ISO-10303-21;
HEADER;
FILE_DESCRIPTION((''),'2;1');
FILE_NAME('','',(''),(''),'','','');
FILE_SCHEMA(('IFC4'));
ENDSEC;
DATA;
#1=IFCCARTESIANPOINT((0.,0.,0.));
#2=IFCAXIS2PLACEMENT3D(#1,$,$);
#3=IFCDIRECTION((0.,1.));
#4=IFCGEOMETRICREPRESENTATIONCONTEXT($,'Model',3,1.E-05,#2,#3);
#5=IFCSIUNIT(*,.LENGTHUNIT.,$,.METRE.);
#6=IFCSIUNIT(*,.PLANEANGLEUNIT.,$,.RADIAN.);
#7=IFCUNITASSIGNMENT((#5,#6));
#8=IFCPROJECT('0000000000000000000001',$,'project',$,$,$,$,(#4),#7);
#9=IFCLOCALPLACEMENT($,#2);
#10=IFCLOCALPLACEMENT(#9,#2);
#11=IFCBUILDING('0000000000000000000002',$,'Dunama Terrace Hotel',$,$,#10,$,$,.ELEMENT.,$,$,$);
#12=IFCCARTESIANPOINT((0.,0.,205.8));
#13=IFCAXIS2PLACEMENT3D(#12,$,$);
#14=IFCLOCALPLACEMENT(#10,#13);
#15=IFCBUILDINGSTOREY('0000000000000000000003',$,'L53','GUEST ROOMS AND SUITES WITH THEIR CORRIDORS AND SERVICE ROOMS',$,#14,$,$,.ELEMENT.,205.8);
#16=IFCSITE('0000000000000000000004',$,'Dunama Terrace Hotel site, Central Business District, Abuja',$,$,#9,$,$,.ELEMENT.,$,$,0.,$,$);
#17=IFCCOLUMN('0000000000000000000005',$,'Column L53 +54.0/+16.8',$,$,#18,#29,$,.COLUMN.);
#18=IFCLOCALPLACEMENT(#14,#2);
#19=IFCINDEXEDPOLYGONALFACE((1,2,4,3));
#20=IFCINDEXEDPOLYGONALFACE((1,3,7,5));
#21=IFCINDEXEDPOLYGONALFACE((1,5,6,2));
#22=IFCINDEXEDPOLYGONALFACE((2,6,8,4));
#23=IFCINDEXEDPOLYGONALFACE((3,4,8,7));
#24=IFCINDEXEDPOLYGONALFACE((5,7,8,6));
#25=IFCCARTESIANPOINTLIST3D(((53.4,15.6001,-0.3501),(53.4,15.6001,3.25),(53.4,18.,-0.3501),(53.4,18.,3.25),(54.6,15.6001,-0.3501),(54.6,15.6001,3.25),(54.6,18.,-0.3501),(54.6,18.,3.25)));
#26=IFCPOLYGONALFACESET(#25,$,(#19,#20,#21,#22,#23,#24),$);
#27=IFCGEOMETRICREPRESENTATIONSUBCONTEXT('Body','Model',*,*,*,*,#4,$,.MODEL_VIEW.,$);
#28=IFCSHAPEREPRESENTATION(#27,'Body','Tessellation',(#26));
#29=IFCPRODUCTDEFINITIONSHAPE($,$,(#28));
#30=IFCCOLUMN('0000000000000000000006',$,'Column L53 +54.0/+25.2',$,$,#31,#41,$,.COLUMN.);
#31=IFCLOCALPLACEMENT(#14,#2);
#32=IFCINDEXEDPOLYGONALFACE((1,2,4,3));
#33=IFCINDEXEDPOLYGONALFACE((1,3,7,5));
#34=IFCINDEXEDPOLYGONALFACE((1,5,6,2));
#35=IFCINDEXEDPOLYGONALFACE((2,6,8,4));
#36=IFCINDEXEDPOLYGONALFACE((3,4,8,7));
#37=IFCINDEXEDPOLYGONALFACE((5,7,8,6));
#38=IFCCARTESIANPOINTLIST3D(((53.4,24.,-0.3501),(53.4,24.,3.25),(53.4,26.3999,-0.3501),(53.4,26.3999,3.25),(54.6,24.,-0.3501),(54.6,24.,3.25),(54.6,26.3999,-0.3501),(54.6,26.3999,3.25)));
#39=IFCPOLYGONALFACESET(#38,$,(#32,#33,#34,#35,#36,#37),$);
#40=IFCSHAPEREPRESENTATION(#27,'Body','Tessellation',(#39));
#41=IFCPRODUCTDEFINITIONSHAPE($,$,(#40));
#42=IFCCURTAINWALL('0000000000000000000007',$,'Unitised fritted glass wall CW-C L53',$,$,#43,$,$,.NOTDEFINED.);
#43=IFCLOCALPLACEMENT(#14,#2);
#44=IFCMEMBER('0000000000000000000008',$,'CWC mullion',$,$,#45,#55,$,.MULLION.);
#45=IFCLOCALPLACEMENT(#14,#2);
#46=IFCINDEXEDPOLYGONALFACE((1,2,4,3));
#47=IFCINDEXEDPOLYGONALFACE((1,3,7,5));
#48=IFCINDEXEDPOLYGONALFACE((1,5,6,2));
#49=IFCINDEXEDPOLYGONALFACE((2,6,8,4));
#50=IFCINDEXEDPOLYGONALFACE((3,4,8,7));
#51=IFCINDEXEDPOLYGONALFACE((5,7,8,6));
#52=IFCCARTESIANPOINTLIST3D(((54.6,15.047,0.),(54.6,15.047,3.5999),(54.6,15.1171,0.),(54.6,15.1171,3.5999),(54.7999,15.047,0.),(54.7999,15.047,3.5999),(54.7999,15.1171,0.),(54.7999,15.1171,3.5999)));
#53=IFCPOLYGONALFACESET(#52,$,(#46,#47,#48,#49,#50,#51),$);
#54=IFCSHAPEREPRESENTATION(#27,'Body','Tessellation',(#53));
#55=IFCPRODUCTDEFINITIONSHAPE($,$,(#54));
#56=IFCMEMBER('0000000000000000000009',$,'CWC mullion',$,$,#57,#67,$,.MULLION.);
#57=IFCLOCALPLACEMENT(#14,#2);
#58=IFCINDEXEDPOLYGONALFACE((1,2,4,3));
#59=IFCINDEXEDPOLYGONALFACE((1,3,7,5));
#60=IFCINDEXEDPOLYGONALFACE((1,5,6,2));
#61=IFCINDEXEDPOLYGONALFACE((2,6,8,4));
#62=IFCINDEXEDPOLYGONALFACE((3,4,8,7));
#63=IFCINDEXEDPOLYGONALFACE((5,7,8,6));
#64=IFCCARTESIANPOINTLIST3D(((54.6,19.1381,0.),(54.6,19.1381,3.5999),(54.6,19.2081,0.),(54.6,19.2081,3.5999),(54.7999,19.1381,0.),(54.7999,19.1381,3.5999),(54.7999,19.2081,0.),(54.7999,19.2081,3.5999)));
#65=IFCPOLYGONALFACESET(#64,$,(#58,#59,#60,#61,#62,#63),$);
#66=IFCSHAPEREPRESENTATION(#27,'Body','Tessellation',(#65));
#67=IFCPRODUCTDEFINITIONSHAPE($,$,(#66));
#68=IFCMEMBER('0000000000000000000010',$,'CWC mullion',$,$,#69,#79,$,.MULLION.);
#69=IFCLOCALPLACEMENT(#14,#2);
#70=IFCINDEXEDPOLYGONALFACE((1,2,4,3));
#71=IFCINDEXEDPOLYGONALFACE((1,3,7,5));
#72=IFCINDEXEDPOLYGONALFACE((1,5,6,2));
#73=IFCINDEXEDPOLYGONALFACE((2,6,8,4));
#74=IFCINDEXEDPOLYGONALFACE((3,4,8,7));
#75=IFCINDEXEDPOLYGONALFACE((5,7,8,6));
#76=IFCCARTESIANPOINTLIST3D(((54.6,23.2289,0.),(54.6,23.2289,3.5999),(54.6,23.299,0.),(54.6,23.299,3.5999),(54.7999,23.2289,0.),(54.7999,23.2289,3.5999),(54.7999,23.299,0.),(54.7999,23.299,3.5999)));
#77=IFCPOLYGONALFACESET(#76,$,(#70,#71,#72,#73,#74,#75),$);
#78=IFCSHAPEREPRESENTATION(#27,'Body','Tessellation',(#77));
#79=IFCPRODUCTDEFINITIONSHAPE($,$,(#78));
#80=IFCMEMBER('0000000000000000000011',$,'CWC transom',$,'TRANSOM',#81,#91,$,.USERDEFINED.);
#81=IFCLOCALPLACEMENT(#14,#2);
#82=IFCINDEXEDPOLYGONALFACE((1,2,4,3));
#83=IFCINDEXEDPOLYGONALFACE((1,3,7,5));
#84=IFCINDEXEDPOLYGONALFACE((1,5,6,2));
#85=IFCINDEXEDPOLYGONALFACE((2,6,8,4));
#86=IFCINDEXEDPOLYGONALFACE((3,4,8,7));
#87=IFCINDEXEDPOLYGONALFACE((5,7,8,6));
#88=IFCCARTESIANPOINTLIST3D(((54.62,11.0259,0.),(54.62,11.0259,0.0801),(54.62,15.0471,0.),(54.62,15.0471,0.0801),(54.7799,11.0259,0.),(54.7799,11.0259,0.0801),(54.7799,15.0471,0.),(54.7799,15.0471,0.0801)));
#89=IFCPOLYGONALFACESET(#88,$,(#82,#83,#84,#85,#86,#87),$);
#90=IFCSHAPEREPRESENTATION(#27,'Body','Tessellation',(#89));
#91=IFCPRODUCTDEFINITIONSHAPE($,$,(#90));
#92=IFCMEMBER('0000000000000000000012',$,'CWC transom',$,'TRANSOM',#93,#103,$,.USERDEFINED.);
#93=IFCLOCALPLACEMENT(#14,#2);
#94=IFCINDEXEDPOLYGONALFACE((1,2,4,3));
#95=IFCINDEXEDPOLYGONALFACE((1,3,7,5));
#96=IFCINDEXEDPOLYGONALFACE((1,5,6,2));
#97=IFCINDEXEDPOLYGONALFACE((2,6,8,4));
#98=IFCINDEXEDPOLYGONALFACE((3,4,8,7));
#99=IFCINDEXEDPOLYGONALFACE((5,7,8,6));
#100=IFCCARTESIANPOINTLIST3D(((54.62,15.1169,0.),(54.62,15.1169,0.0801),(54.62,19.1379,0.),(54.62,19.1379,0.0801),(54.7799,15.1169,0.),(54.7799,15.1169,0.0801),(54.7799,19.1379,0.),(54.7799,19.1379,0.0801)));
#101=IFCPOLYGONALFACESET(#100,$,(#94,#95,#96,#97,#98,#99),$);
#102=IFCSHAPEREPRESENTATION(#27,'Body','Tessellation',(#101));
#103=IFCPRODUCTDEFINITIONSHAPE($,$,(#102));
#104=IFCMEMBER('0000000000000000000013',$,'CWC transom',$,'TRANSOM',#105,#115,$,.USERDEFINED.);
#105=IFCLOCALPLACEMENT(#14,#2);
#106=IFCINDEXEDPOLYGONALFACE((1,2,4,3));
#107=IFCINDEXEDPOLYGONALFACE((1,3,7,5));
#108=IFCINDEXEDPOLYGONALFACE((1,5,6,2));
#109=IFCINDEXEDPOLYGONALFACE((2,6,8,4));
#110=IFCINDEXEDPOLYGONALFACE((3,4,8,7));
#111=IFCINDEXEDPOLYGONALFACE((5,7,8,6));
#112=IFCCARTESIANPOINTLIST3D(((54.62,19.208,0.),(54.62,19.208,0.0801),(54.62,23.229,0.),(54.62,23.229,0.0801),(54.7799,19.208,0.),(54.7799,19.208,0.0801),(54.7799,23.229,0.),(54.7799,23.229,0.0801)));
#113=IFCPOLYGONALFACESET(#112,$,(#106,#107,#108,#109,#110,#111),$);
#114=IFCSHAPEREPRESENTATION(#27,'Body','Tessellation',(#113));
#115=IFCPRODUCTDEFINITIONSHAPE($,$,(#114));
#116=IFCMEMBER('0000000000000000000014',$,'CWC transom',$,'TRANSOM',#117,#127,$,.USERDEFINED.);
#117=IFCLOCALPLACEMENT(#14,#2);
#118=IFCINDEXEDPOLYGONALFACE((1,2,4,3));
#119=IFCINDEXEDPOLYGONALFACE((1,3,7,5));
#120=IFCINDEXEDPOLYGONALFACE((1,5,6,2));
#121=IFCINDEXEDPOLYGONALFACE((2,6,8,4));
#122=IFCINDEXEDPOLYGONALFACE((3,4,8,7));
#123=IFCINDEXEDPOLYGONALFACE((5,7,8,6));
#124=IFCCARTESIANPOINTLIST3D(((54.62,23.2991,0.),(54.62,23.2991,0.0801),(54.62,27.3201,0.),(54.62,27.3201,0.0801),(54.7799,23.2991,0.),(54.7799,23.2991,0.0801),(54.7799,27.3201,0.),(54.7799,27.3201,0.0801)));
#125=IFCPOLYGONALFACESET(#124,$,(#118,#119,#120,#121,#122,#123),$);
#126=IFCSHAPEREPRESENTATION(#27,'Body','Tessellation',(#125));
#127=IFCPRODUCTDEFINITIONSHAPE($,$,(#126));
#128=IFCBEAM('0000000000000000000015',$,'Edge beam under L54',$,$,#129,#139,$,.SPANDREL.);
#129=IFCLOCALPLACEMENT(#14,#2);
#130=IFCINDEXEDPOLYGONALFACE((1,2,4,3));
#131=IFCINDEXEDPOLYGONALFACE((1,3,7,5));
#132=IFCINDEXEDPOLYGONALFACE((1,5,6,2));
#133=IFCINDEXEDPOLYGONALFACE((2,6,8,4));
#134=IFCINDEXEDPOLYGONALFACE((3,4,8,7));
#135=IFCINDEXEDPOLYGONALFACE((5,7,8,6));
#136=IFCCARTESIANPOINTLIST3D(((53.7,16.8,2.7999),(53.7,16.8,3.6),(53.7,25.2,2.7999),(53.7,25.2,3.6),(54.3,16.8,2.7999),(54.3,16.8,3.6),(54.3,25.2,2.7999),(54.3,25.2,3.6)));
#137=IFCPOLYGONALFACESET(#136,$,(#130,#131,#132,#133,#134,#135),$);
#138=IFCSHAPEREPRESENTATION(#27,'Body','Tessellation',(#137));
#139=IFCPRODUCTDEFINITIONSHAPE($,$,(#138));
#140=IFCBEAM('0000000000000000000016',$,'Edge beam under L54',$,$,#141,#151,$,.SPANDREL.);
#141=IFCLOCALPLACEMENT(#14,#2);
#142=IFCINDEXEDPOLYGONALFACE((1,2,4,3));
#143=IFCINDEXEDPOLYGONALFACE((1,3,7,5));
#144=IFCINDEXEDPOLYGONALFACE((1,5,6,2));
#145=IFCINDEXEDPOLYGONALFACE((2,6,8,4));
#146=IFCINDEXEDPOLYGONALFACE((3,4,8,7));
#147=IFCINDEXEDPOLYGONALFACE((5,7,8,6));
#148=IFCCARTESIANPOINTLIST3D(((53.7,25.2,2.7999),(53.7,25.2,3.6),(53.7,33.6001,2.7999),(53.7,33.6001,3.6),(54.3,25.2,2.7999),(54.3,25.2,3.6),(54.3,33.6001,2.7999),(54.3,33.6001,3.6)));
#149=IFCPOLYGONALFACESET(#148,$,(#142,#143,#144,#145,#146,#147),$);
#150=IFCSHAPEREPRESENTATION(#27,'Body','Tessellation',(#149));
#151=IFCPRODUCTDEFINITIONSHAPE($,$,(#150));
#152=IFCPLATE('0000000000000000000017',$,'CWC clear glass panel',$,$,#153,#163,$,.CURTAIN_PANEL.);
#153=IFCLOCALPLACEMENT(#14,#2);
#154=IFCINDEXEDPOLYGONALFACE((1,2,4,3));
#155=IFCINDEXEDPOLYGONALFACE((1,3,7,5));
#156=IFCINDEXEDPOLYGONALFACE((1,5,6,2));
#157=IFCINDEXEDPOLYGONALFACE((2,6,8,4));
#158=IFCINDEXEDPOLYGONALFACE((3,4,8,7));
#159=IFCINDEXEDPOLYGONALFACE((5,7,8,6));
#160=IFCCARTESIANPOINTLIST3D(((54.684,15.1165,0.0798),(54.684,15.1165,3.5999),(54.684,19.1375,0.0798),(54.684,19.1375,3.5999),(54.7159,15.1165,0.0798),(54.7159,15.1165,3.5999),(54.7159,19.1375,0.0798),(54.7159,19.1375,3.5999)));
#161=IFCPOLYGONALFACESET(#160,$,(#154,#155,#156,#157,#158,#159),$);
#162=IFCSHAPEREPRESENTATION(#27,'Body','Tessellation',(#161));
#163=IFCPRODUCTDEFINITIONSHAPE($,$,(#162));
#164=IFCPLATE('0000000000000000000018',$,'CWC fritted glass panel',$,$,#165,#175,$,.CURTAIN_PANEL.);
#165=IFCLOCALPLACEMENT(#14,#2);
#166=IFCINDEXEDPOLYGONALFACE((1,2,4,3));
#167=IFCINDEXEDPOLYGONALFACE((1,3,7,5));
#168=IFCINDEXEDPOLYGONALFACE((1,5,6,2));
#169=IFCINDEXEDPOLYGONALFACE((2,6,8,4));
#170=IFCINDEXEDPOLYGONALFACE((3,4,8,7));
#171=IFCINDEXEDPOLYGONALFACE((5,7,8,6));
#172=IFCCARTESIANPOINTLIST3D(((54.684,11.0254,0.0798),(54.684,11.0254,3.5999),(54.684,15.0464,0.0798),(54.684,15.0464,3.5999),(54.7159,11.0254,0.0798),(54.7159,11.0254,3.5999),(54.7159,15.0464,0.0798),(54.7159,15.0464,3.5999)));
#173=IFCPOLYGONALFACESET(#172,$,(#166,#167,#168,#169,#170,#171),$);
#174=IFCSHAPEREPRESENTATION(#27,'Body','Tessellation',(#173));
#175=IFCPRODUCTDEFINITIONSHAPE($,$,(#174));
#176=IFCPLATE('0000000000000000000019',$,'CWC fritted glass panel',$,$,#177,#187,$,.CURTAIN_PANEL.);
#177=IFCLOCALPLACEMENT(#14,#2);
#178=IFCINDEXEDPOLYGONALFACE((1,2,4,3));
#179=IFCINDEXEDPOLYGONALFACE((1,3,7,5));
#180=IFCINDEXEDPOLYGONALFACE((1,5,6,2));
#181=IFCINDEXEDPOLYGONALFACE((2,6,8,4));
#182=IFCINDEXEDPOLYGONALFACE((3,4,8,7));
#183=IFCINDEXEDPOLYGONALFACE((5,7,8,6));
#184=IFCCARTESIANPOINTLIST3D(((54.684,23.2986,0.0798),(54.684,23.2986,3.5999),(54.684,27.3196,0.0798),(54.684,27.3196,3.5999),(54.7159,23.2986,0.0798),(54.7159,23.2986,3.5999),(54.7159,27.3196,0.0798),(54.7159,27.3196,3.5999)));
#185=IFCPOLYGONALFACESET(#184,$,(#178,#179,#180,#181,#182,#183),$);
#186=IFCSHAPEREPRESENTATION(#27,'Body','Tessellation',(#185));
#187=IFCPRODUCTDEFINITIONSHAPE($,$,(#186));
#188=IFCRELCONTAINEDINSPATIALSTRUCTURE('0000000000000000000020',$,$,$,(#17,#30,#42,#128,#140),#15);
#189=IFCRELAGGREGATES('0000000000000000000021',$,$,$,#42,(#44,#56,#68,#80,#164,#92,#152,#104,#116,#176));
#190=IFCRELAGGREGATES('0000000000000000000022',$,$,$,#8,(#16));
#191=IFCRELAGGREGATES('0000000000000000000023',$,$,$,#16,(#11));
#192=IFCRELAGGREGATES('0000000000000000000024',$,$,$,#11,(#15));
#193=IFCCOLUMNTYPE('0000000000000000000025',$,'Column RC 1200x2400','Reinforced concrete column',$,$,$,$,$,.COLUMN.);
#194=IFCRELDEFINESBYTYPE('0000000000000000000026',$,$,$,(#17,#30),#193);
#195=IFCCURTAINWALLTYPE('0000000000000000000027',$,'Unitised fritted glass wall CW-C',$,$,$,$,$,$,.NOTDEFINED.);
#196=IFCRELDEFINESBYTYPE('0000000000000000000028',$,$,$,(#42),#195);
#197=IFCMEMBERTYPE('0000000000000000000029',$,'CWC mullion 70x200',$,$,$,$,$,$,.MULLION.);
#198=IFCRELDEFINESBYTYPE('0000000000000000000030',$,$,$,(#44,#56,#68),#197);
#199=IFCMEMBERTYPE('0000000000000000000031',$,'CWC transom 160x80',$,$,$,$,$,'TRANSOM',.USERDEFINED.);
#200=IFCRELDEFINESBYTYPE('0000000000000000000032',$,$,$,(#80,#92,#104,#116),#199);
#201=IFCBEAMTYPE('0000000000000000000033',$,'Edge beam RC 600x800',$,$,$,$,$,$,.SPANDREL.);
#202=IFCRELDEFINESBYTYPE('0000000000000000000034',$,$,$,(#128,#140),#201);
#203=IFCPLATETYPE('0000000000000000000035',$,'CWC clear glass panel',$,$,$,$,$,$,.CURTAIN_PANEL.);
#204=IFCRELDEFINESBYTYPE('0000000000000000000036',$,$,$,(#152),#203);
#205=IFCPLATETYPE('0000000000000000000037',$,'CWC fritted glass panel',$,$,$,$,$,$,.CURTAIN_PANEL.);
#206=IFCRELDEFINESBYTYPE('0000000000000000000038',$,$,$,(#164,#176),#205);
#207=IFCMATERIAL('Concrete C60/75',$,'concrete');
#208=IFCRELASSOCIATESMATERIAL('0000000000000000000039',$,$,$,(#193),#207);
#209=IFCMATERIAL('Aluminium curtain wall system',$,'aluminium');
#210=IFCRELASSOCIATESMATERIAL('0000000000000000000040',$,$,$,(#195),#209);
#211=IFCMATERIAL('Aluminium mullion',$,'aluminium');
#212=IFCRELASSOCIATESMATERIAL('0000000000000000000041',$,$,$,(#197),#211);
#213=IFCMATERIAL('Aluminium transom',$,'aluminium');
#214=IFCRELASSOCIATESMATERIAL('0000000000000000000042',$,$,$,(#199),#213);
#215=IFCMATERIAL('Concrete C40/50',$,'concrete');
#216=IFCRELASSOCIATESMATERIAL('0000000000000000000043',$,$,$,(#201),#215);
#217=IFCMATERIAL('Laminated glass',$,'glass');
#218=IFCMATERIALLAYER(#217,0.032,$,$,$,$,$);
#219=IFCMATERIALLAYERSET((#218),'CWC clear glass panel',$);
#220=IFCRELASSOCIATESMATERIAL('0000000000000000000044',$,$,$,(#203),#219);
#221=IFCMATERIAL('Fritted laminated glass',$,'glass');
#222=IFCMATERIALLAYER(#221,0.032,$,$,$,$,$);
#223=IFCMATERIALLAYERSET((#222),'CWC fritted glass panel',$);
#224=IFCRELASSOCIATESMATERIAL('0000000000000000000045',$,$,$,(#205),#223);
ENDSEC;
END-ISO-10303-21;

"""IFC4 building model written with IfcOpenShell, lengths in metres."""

from ifc_helpers import new_model, si_unit, direction, frame, origin, origin_2d, place, context, subcontext, project, spatial, rectangle, extrude, material, layer, layer_set, material_profile, profile_set, type_object, element, aggregate, save


model = new_model("IFC4")

# Units and contexts
model_context = context("Model", 3, precision=1e-05, world=origin(), true_north=direction((0.0, 1.0)))
body_context = subcontext(model_context, "Body", "Model", "MODEL_VIEW")
ifc_project = project(units=[si_unit("LENGTHUNIT", "METRE"), si_unit("PLANEANGLEUNIT", "RADIAN")], contexts=[model_context])

# Site, building, storey
site_placement = place(None, origin())
site = spatial("IfcSite", under=ifc_project, at=site_placement, Name="Dunama Terrace Hotel site, Central Business District, Abuja", CompositionType="ELEMENT", RefElevation=0.0)
building_placement = place(site_placement, origin())
building = spatial("IfcBuilding", under=site, at=building_placement, Name="Dunama Terrace Hotel", CompositionType="ELEMENT")
storey_placement = place(building_placement, frame((0.0, 0.0, 205.8)))
storey = spatial("IfcBuildingStorey", under=building, at=storey_placement, Name="L53", Description="GUEST ROOMS AND SUITES WITH THEIR CORRIDORS AND SERVICE ROOMS", CompositionType="ELEMENT", Elevation=205.8)

# Columns
ifc_material_1 = material(Name="Concrete C60/75", Category="concrete")
ifc_material_profile_1 = material_profile(ifc_material_1, rectangle(XDim=1.2, YDim=2.3999, at=origin_2d()), Name="RC 1200x2400")
ifc_profile_set_1 = profile_set([ifc_material_profile_1], Name="Concrete C60/75")
column_type = type_object("IfcColumnType", Name="Column RC 1200x2400", Description="Reinforced concrete column", PredefinedType="COLUMN", material=ifc_profile_set_1)
for number, where, z_axis, x_axis, name in (
    (1, (54.0, 16.8, -0.3501), (0.0, 0.0, 1.0), (1.0, 0.0, 0.0), "Column L53 +54.0/+16.8"),
    (2, (54.0, 25.2, -0.3501), (0.0, 0.0, 1.0), (1.0, 0.0, 0.0), "Column L53 +54.0/+25.2"),
):
    element("IfcColumn", number, at=place(storey_placement, frame(where, z_axis=z_axis, x_axis=x_axis)), inside=storey, type_object=column_type, Name=name, PredefinedType="COLUMN", context=body_context, shape_type="SweptSolid", body=[
        extrude(rectangle(XDim=1.2, YDim=2.3999, at=origin_2d()), origin(), (0.0, 0.0, 1.0), 3.6001),
    ])

# Curtain wall, members
ifc_material_2 = material(Name="Aluminium curtain wall system", Category="aluminium")
curtain_wall_type = type_object("IfcCurtainWallType", Name="Unitised fritted glass wall CW-C", PredefinedType="NOTDEFINED", material=ifc_material_2)
curtain_wall_placement = place(storey_placement, origin())
curtain_wall = element("IfcCurtainWall", 3, at=curtain_wall_placement, inside=storey, type_object=curtain_wall_type, Name="Unitised fritted glass wall CW-C L53", PredefinedType="NOTDEFINED")
ifc_material_3 = material(Name="Aluminium mullion", Category="aluminium")
ifc_material_profile_2 = material_profile(ifc_material_3, rectangle(XDim=0.0701, YDim=0.2, at=origin_2d()), Name="CWC MULLION 70X200")
ifc_profile_set_2 = profile_set([ifc_material_profile_2], Name="Aluminium mullion")
member_type_1 = type_object("IfcMemberType", Name="CWC mullion 70x200", PredefinedType="MULLION", material=ifc_profile_set_2)
member_1_placement = place(storey_placement, frame((54.7, 15.082, 0.0), z_axis=(0.0, 0.0, 1.0), x_axis=(0.0, 1.0, 0.0)))
member_1 = element("IfcMember", 4, at=member_1_placement, type_object=member_type_1, Name="CWC mullion", PredefinedType="MULLION", context=body_context, shape_type="SweptSolid", body=[
    extrude(rectangle(XDim=0.0701, YDim=0.2, at=origin_2d()), origin(), (0.0, 0.0, 1.0), 3.5999),
])
member_2_placement = place(storey_placement, frame((54.7, 19.1731, 0.0), z_axis=(0.0, 0.0, 1.0), x_axis=(0.0, 1.0, 0.0)))
member_2 = element("IfcMember", 5, at=member_2_placement, type_object=member_type_1, Name="CWC mullion", PredefinedType="MULLION", context=body_context, shape_type="SweptSolid", body=[
    extrude(rectangle(XDim=0.0701, YDim=0.2, at=origin_2d()), origin(), (0.0, 0.0, 1.0), 3.5999),
])
member_3_placement = place(storey_placement, frame((54.7, 23.2639, 0.0), z_axis=(0.0, 0.0, 1.0), x_axis=(0.0, 1.0, 0.0)))
member_3 = element("IfcMember", 6, at=member_3_placement, type_object=member_type_1, Name="CWC mullion", PredefinedType="MULLION", context=body_context, shape_type="SweptSolid", body=[
    extrude(rectangle(XDim=0.0701, YDim=0.2, at=origin_2d()), origin(), (0.0, 0.0, 1.0), 3.5999),
])
ifc_material_4 = material(Name="Aluminium transom", Category="aluminium")
ifc_material_profile_3 = material_profile(ifc_material_4, rectangle(XDim=0.1599, YDim=0.0801, at=origin_2d()), Name="CWC TRANSOM 160X80")
ifc_profile_set_3 = profile_set([ifc_material_profile_3], Name="Aluminium transom")
member_type_2 = type_object("IfcMemberType", Name="CWC transom 160x80", ElementType="TRANSOM", PredefinedType="USERDEFINED", material=ifc_profile_set_3)
member_4_placement = place(storey_placement, frame((54.7, 11.0259, 0.04), z_axis=(0.0, 1.0, 0.0), x_axis=(-1.0, 0.0, 0.0)))
member_4 = element("IfcMember", 7, at=member_4_placement, type_object=member_type_2, Name="CWC transom", ObjectType="TRANSOM", PredefinedType="USERDEFINED", context=body_context, shape_type="SweptSolid", body=[
    extrude(rectangle(XDim=0.1599, YDim=0.0801, at=origin_2d()), origin(), (0.0, 0.0, 1.0), 4.0212),
])
member_5_placement = place(storey_placement, frame((54.7, 15.1169, 0.04), z_axis=(0.0, 1.0, 0.0), x_axis=(-1.0, 0.0, 0.0)))
member_5 = element("IfcMember", 8, at=member_5_placement, type_object=member_type_2, Name="CWC transom", ObjectType="TRANSOM", PredefinedType="USERDEFINED", context=body_context, shape_type="SweptSolid", body=[
    extrude(rectangle(XDim=0.1599, YDim=0.0801, at=origin_2d()), origin(), (0.0, 0.0, 1.0), 4.021),
])
member_6_placement = place(storey_placement, frame((54.7, 19.208, 0.04), z_axis=(0.0, 1.0, 0.0), x_axis=(-1.0, 0.0, 0.0)))
member_6 = element("IfcMember", 9, at=member_6_placement, type_object=member_type_2, Name="CWC transom", ObjectType="TRANSOM", PredefinedType="USERDEFINED", context=body_context, shape_type="SweptSolid", body=[
    extrude(rectangle(XDim=0.1599, YDim=0.0801, at=origin_2d()), origin(), (0.0, 0.0, 1.0), 4.021),
])
member_7_placement = place(storey_placement, frame((54.7, 23.2991, 0.04), z_axis=(0.0, 1.0, 0.0), x_axis=(-1.0, 0.0, 0.0)))
member_7 = element("IfcMember", 10, at=member_7_placement, type_object=member_type_2, Name="CWC transom", ObjectType="TRANSOM", PredefinedType="USERDEFINED", context=body_context, shape_type="SweptSolid", body=[
    extrude(rectangle(XDim=0.1599, YDim=0.0801, at=origin_2d()), origin(), (0.0, 0.0, 1.0), 4.021),
])

# Beams
ifc_material_5 = material(Name="Concrete C40/50", Category="concrete")
ifc_material_profile_4 = material_profile(ifc_material_5, rectangle(XDim=0.6001, YDim=0.8, at=origin_2d()), Name="RC 600x800")
ifc_profile_set_4 = profile_set([ifc_material_profile_4], Name="Concrete C40/50")
beam_type = type_object("IfcBeamType", Name="Edge beam RC 600x800", PredefinedType="SPANDREL", material=ifc_profile_set_4)
beam_1_placement = place(storey_placement, frame((54.0, 16.8, 3.2), z_axis=(0.0, 1.0, 0.0), x_axis=(-1.0, 0.0, 0.0)))
element("IfcBeam", 11, at=beam_1_placement, inside=storey, type_object=beam_type, Name="Edge beam under L54", PredefinedType="SPANDREL", context=body_context, shape_type="SweptSolid", body=[
    extrude(rectangle(XDim=0.6001, YDim=0.8, at=origin_2d()), origin(), (0.0, 0.0, 1.0), 8.3999),
])
beam_2_placement = place(storey_placement, frame((54.0, 25.2, 3.2), z_axis=(0.0, 1.0, 0.0), x_axis=(-1.0, 0.0, 0.0)))
element("IfcBeam", 12, at=beam_2_placement, inside=storey, type_object=beam_type, Name="Edge beam under L54", PredefinedType="SPANDREL", context=body_context, shape_type="SweptSolid", body=[
    extrude(rectangle(XDim=0.6001, YDim=0.8, at=origin_2d()), origin(), (0.0, 0.0, 1.0), 8.4001),
])

# Plates
ifc_material_6 = material(Name="Laminated glass", Category="glass")
ifc_layer_1 = layer(ifc_material_6, 0.032)
ifc_layer_set_1 = layer_set([ifc_layer_1], Name="CWC clear glass panel")
plate_type_1 = type_object("IfcPlateType", Name="CWC clear glass panel", PredefinedType="CURTAIN_PANEL", material=ifc_layer_set_1)
plate_1_placement = place(storey_placement, frame((54.7, 17.127, 0.0798), z_axis=(0.0, 0.0, 1.0), x_axis=(0.0, 1.0, 0.0)))
plate_1 = element("IfcPlate", 13, at=plate_1_placement, type_object=plate_type_1, Name="CWC clear glass panel", PredefinedType="CURTAIN_PANEL", context=body_context, shape_type="SweptSolid", body=[
    extrude(rectangle(XDim=4.021, YDim=0.032, at=origin_2d()), origin(), (0.0, 0.0, 1.0), 3.52),
])
ifc_material_7 = material(Name="Fritted laminated glass", Category="glass")
ifc_layer_2 = layer(ifc_material_7, 0.032)
ifc_layer_set_2 = layer_set([ifc_layer_2], Name="CWC fritted glass panel")
plate_type_2 = type_object("IfcPlateType", Name="CWC fritted glass panel", PredefinedType="CURTAIN_PANEL", material=ifc_layer_set_2)
plate_2_placement = place(storey_placement, frame((54.7, 13.0359, 0.0798), z_axis=(0.0, 0.0, 1.0), x_axis=(0.0, 1.0, 0.0)))
plate_2 = element("IfcPlate", 14, at=plate_2_placement, type_object=plate_type_2, Name="CWC fritted glass panel", PredefinedType="CURTAIN_PANEL", context=body_context, shape_type="SweptSolid", body=[
    extrude(rectangle(XDim=4.021, YDim=0.032, at=origin_2d()), origin(), (0.0, 0.0, 1.0), 3.52),
])
plate_3_placement = place(storey_placement, frame((54.7, 25.3091, 0.0798), z_axis=(0.0, 0.0, 1.0), x_axis=(0.0, 1.0, 0.0)))
plate_3 = element("IfcPlate", 15, at=plate_3_placement, type_object=plate_type_2, Name="CWC fritted glass panel", PredefinedType="CURTAIN_PANEL", context=body_context, shape_type="SweptSolid", body=[
    extrude(rectangle(XDim=4.021, YDim=0.032, at=origin_2d()), origin(), (0.0, 0.0, 1.0), 3.52),
])
aggregate(curtain_wall, [member_1, member_2, member_3, member_4, plate_2, member_5, plate_1, member_6, member_7, plate_3])

save(model, "model.ifc")
